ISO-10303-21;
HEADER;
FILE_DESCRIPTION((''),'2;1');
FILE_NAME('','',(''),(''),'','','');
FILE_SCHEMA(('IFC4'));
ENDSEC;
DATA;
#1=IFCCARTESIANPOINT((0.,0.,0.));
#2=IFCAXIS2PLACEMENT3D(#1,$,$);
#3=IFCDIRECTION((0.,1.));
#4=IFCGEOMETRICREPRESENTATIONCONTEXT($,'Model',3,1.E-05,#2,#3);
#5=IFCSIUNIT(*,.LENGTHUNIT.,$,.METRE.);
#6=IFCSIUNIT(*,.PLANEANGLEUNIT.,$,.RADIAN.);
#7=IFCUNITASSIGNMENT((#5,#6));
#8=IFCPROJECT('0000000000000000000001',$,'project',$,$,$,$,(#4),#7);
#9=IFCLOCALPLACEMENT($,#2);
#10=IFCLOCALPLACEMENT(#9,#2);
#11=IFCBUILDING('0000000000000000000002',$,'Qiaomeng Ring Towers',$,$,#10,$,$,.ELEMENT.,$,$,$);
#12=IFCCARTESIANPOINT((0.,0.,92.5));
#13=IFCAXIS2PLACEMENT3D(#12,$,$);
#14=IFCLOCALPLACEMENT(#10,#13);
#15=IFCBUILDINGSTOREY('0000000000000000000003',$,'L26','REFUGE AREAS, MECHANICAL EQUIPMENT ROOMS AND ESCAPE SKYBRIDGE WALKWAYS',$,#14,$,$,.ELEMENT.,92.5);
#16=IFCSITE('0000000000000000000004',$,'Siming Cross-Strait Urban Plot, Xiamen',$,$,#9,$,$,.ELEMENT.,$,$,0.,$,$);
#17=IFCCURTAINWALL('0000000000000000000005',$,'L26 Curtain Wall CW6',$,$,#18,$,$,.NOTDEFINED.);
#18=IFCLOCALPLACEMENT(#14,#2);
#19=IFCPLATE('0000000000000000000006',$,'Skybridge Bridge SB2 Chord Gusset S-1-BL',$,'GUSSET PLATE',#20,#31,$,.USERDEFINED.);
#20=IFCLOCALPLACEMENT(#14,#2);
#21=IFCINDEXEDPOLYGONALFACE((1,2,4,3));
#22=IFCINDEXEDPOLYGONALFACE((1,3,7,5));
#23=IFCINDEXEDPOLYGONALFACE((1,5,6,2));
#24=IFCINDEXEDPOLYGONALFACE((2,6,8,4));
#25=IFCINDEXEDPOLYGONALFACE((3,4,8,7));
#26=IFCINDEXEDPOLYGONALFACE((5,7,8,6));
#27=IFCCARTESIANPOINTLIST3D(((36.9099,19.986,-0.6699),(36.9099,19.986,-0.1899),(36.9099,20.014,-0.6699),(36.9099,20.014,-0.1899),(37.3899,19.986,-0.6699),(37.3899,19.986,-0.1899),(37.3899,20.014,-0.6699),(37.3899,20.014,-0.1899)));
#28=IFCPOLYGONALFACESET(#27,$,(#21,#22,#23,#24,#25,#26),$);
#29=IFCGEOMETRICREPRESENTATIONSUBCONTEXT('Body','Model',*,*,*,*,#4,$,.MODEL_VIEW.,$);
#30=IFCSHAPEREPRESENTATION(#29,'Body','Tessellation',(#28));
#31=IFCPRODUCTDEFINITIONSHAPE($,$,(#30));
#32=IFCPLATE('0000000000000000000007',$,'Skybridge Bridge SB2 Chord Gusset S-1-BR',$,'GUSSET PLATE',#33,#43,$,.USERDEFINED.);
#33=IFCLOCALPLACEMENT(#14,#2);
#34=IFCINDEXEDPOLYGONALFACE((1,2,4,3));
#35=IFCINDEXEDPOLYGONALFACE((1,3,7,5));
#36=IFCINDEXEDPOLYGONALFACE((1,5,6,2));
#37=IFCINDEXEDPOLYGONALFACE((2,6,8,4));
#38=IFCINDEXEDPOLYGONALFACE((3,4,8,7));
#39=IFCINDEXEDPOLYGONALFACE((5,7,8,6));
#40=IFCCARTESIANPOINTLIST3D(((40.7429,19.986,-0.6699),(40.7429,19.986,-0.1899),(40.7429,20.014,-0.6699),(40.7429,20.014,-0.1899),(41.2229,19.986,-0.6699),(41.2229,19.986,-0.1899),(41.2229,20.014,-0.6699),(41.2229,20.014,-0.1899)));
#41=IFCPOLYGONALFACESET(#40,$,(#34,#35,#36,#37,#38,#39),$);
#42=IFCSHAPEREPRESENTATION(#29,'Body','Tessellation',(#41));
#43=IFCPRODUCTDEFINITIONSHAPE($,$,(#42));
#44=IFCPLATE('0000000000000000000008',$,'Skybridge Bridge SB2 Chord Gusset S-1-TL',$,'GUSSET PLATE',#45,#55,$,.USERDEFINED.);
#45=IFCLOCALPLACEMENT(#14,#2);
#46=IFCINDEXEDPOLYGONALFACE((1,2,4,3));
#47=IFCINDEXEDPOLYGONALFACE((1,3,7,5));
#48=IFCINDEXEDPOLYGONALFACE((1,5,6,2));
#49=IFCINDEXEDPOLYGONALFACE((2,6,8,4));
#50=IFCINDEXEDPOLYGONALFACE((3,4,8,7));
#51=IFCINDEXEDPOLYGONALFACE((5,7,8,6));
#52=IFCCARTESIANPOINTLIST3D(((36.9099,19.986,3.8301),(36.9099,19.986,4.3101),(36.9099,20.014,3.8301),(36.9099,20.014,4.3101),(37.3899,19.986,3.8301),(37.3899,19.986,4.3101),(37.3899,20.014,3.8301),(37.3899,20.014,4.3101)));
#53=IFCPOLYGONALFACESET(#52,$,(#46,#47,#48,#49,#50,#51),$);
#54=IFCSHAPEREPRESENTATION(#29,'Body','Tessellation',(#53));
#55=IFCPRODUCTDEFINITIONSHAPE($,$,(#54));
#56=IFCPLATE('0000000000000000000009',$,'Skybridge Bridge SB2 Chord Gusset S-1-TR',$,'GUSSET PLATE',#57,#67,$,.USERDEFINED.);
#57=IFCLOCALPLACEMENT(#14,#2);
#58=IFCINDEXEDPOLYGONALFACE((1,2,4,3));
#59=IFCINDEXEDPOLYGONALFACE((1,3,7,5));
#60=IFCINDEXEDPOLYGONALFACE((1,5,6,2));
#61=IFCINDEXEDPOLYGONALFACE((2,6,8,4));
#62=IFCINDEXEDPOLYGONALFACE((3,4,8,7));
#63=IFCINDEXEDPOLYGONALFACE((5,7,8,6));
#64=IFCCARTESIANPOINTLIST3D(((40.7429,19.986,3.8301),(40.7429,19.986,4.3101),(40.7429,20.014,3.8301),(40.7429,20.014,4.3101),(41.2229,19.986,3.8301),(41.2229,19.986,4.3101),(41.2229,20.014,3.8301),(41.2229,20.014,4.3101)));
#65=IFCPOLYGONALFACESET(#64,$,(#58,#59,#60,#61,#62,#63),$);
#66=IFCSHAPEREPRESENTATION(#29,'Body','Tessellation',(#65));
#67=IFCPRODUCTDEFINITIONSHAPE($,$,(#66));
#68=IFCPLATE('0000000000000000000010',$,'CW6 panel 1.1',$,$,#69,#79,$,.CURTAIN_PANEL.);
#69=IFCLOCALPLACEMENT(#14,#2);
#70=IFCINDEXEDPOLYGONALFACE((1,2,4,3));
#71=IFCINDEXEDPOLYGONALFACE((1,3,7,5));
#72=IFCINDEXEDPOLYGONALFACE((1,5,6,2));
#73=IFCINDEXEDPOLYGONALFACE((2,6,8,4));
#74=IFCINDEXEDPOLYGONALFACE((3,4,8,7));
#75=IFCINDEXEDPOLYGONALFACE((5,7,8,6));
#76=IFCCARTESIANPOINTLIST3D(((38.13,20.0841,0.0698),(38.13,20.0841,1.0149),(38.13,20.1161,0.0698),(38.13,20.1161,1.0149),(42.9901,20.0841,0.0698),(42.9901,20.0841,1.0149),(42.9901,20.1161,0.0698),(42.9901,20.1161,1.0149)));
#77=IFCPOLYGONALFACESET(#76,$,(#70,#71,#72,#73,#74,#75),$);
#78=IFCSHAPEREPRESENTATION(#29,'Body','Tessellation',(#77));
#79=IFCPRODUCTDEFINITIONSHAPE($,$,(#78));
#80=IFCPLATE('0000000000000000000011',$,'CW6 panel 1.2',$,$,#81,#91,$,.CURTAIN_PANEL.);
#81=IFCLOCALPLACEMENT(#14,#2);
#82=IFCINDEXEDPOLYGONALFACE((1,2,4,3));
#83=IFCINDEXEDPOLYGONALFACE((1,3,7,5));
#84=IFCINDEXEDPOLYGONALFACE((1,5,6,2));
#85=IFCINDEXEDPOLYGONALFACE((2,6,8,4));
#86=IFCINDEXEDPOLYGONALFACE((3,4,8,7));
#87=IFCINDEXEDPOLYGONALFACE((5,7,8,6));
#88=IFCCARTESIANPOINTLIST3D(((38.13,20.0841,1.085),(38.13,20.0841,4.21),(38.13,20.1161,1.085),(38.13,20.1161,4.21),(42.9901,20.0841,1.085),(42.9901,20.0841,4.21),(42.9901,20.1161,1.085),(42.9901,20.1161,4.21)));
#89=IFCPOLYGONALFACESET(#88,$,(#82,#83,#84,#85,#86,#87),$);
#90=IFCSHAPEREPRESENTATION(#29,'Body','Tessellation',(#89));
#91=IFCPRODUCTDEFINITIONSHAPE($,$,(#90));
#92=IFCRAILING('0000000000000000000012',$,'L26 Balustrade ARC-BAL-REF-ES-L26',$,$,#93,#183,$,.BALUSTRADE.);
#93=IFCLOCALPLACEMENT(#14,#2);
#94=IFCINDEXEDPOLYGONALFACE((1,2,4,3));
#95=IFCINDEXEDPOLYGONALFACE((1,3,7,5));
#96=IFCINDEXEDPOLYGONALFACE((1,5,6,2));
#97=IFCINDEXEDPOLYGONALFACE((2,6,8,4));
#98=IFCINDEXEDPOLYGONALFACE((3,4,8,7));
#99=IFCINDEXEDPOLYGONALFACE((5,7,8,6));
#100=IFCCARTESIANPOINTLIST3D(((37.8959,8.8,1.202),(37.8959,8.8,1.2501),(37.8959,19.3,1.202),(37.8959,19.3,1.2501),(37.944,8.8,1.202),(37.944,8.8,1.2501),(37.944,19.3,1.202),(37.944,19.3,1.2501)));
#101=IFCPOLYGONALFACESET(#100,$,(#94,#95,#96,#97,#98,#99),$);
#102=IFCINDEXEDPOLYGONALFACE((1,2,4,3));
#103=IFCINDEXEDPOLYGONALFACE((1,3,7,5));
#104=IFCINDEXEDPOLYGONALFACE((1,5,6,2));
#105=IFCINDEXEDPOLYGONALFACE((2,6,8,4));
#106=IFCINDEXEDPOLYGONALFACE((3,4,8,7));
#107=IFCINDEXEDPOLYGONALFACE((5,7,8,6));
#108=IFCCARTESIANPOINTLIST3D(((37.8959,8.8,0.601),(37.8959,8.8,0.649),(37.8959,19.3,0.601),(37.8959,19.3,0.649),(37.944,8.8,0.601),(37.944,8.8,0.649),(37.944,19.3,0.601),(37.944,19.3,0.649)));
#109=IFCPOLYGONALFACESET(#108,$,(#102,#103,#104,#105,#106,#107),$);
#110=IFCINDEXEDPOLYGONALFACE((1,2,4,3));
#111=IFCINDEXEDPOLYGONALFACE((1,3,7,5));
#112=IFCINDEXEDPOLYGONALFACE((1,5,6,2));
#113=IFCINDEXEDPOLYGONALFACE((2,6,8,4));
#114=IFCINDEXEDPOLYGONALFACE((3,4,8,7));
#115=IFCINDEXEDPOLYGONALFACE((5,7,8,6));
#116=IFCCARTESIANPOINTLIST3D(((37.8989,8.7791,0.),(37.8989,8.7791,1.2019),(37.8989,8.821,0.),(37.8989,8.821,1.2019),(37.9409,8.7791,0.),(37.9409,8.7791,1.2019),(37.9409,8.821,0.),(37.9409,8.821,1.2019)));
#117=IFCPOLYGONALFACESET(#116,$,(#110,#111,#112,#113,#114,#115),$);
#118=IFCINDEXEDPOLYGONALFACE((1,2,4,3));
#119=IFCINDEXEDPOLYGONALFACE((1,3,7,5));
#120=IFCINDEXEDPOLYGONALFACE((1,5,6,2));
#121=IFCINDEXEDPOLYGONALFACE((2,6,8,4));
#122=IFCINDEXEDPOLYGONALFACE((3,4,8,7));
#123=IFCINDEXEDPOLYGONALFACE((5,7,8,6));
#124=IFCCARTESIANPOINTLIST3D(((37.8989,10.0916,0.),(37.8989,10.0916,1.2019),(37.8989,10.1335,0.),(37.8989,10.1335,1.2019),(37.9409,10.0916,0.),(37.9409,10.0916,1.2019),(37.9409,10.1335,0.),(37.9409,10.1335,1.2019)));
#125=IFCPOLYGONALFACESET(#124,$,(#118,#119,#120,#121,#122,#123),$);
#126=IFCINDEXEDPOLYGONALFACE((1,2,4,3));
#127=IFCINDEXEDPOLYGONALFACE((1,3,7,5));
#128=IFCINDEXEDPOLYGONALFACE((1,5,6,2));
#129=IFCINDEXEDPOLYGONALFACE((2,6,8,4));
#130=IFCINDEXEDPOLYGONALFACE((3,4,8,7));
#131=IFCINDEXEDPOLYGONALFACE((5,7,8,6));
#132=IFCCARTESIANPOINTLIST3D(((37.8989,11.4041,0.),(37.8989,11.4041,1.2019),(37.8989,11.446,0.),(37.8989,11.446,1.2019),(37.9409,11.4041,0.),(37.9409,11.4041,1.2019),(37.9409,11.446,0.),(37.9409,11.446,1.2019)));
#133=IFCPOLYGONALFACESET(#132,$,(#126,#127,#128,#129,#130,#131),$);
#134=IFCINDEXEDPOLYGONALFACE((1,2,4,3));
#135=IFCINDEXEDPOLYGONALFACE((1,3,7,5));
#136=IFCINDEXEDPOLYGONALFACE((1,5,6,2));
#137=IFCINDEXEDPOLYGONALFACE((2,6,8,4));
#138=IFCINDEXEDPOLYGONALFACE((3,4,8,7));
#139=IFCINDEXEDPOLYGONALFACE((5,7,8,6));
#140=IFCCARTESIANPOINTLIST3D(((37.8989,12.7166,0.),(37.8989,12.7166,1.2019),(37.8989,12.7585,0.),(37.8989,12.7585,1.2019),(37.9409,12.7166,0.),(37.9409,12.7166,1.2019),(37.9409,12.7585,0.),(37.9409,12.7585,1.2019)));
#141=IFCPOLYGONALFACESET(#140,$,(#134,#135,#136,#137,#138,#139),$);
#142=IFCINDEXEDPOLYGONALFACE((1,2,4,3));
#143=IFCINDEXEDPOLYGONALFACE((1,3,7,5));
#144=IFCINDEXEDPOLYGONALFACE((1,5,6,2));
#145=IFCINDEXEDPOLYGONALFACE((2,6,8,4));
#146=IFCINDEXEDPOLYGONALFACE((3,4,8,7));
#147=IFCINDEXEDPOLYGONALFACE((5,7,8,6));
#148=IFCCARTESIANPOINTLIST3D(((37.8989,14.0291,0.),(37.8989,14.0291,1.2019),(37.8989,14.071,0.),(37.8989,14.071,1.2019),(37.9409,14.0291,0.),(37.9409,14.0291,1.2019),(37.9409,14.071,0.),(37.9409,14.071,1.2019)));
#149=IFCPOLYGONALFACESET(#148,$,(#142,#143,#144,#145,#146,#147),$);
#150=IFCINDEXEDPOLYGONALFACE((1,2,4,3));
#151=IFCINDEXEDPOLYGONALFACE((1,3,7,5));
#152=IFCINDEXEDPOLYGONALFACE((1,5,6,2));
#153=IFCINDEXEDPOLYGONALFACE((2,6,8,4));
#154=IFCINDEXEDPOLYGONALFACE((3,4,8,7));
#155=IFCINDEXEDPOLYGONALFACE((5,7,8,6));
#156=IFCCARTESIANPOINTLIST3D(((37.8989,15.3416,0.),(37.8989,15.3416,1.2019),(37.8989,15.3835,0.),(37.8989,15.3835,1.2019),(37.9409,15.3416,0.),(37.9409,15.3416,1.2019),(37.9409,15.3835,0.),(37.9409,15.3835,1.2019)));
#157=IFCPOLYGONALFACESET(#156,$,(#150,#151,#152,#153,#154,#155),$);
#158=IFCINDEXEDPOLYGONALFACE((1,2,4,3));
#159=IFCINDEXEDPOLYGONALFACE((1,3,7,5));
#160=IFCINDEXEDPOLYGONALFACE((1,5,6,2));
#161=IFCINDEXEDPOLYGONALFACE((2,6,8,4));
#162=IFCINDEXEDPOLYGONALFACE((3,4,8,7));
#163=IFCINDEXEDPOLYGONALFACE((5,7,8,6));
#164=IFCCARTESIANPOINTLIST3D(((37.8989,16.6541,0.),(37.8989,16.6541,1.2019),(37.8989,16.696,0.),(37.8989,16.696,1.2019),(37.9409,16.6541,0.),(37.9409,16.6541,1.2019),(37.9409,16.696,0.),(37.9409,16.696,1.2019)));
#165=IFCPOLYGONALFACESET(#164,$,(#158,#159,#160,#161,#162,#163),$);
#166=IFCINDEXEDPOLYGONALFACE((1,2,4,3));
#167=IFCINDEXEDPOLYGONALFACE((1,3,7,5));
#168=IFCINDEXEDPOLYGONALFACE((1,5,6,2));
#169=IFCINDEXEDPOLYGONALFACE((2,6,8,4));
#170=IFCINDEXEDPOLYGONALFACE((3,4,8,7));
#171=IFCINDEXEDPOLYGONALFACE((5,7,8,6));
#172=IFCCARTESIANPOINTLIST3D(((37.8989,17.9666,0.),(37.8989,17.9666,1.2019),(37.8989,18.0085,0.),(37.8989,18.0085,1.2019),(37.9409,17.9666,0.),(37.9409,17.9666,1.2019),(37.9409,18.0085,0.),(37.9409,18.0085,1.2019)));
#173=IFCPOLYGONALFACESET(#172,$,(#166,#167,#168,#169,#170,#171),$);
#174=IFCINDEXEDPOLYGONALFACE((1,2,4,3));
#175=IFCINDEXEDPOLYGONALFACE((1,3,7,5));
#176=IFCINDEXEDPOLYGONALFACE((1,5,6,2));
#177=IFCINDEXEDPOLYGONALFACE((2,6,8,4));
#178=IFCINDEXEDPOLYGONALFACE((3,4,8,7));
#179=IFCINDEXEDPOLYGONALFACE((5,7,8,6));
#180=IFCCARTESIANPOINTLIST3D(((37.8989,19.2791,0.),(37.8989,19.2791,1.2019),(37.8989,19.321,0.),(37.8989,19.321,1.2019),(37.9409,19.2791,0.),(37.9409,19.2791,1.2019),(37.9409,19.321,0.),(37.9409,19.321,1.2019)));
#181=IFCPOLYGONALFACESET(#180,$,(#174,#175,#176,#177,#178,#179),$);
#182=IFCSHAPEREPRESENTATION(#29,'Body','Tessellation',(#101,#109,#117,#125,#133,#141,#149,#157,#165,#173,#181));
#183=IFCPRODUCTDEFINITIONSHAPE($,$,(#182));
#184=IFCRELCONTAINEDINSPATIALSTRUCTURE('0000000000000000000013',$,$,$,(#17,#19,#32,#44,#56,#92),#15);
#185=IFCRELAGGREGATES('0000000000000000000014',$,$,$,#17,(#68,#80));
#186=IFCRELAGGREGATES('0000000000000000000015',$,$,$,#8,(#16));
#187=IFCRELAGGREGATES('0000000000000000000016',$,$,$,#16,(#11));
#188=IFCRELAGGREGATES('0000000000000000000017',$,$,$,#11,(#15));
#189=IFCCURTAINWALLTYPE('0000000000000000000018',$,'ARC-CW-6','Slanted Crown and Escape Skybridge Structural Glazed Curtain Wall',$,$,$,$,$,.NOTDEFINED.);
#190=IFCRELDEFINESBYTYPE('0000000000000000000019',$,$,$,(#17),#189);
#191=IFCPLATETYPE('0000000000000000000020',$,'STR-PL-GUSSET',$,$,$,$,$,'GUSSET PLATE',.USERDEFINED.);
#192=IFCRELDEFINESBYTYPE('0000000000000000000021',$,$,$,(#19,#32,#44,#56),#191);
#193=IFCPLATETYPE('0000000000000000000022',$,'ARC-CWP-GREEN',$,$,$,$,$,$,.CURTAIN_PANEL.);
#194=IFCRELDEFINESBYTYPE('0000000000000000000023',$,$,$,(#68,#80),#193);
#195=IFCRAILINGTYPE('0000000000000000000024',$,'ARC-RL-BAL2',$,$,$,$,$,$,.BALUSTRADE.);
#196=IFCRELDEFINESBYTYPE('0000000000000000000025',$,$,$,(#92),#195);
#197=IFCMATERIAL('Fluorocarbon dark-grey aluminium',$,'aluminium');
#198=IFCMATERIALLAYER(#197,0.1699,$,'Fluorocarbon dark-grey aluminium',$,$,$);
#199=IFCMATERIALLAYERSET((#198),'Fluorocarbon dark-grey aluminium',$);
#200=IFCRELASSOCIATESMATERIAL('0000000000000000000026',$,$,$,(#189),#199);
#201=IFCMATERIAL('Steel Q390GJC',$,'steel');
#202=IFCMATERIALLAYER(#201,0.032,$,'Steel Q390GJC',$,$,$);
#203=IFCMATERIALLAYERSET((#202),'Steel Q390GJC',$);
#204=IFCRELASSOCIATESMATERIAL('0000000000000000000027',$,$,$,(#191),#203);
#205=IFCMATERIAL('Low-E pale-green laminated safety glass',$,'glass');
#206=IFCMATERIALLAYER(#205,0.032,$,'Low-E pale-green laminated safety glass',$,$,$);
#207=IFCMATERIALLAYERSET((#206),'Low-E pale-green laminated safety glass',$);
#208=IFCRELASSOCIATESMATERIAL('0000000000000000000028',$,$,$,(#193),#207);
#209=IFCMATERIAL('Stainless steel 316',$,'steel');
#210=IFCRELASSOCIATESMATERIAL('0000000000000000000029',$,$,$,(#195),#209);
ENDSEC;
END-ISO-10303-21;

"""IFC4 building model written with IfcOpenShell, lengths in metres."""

from ifc_helpers import new_model, si_unit, direction, frame, origin, origin_2d, place, context, subcontext, project, spatial, rectangle, extrude, source, transform, mapped, material, layer, layer_set, type_object, element, aggregate, save


model = new_model("IFC4")

# Units and contexts
model_context = context("Model", 3, precision=1e-05, world=origin(), true_north=direction((0.0, 1.0)))
body_context = subcontext(model_context, "Body", "Model", "MODEL_VIEW")
ifc_project = project(units=[si_unit("LENGTHUNIT", "METRE"), si_unit("PLANEANGLEUNIT", "RADIAN")], contexts=[model_context])

# Site, building, storey
site_placement = place(None, origin())
site = spatial("IfcSite", under=ifc_project, at=site_placement, Name="Siming Cross-Strait Urban Plot, Xiamen", CompositionType="ELEMENT", RefElevation=0.0)
building_placement = place(site_placement, origin())
building = spatial("IfcBuilding", under=site, at=building_placement, Name="Qiaomeng Ring Towers", CompositionType="ELEMENT")
storey_placement = place(building_placement, frame((0.0, 0.0, 92.5)))
storey = spatial("IfcBuildingStorey", under=building, at=storey_placement, Name="L26", Description="REFUGE AREAS, MECHANICAL EQUIPMENT ROOMS AND ESCAPE SKYBRIDGE WALKWAYS", CompositionType="ELEMENT", Elevation=92.5)

# Shared definitions
ifc_material_1 = material(Name="Steel Q390GJC", Category="steel")

# Curtain wall
ifc_material_2 = material(Name="Fluorocarbon dark-grey aluminium", Category="aluminium")
ifc_layer_1 = layer(ifc_material_2, 0.1699, Name="Fluorocarbon dark-grey aluminium")
ifc_layer_set_1 = layer_set([ifc_layer_1], Name="Fluorocarbon dark-grey aluminium")
curtain_wall_type = type_object("IfcCurtainWallType", Name="ARC-CW-6", Description="Slanted Crown and Escape Skybridge Structural Glazed Curtain Wall", PredefinedType="NOTDEFINED", material=ifc_layer_set_1)
curtain_wall_placement = place(storey_placement, origin())
curtain_wall = element("IfcCurtainWall", 1, at=curtain_wall_placement, inside=storey, type_object=curtain_wall_type, Name="L26 Curtain Wall CW6", PredefinedType="NOTDEFINED")

# Plates
ifc_layer_2 = layer(ifc_material_1, 0.032, Name="Steel Q390GJC")
ifc_layer_set_2 = layer_set([ifc_layer_2], Name="Steel Q390GJC")
plate_type_1 = type_object("IfcPlateType", Name="STR-PL-GUSSET", ElementType="GUSSET PLATE", PredefinedType="USERDEFINED", material=ifc_layer_set_2)
shared_shape_1 = source(origin(), body_context, "Body", "SweptSolid", [
    extrude(rectangle(XDim=0.48, YDim=0.0281, at=origin_2d()), origin(), (0.0, 0.0, 1.0), 0.48),
])
for number, where, z_axis, x_axis, name in (
    (2, (37.1499, 20.0, -0.6699), (0.0, 0.0, 1.0), (1.0, 0.0, 0.0), "Skybridge Bridge SB2 Chord Gusset S-1-BL"),
    (3, (40.9829, 20.0, -0.6699), (0.0, 0.0, 1.0), (1.0, 0.0, 0.0), "Skybridge Bridge SB2 Chord Gusset S-1-BR"),
    (4, (37.1499, 20.0, 3.8301), (0.0, 0.0, 1.0), (1.0, 0.0, 0.0), "Skybridge Bridge SB2 Chord Gusset S-1-TL"),
    (5, (40.9829, 20.0, 3.8301), (0.0, 0.0, 1.0), (1.0, 0.0, 0.0), "Skybridge Bridge SB2 Chord Gusset S-1-TR"),
):
    element("IfcPlate", number, at=place(storey_placement, frame(where, z_axis=z_axis, x_axis=x_axis)), inside=storey, type_object=plate_type_1, Name=name, ObjectType="GUSSET PLATE", PredefinedType="USERDEFINED", context=body_context, shape_type="MappedRepresentation", body=[
        mapped(shared_shape_1, transform((0.0, 0.0, 0.0), x_axis=(1.0, 0.0, 0.0), y_axis=(0.0, 1.0, 0.0), z_axis=(0.0, 0.0, 1.0), scale=1.0)),
    ])

# Plates
ifc_material_3 = material(Name="Low-E pale-green laminated safety glass", Category="glass")
ifc_layer_3 = layer(ifc_material_3, 0.032, Name="Low-E pale-green laminated safety glass")
ifc_layer_set_3 = layer_set([ifc_layer_3], Name="Low-E pale-green laminated safety glass")
plate_type_2 = type_object("IfcPlateType", Name="ARC-CWP-GREEN", PredefinedType="CURTAIN_PANEL", material=ifc_layer_set_3)
shared_shape_2 = source(origin(), body_context, "Body", "SweptSolid", [
    extrude(rectangle(XDim=4.8601, YDim=0.032, at=origin_2d()), origin(), (0.0, 0.0, 1.0), 0.9451),
])
plate_1_placement = place(storey_placement, frame((40.5601, 20.1001, 0.0698), z_axis=(0.0, 0.0, 1.0), x_axis=(1.0, 0.0, 0.0)))
plate_1 = element("IfcPlate", 6, at=plate_1_placement, type_object=plate_type_2, Name="CW6 panel 1.1", PredefinedType="CURTAIN_PANEL", context=body_context, shape_type="MappedRepresentation", body=[
    mapped(shared_shape_2, transform((0.0, 0.0, 0.0), x_axis=(1.0, 0.0, 0.0), y_axis=(0.0, 1.0, 0.0), z_axis=(0.0, 0.0, 1.0), scale=1.0)),
])
shared_shape_3 = source(origin(), body_context, "Body", "SweptSolid", [
    extrude(rectangle(XDim=4.8601, YDim=0.032, at=origin_2d()), origin(), (0.0, 0.0, 1.0), 3.125),
])
plate_2_placement = place(storey_placement, frame((40.5601, 20.1001, 1.085), z_axis=(0.0, 0.0, 1.0), x_axis=(1.0, 0.0, 0.0)))
plate_2 = element("IfcPlate", 7, at=plate_2_placement, type_object=plate_type_2, Name="CW6 panel 1.2", PredefinedType="CURTAIN_PANEL", context=body_context, shape_type="MappedRepresentation", body=[
    mapped(shared_shape_3, transform((0.0, 0.0, 0.0), x_axis=(1.0, 0.0, 0.0), y_axis=(0.0, 1.0, 0.0), z_axis=(0.0, 0.0, 1.0), scale=1.0)),
])
aggregate(curtain_wall, [plate_1, plate_2])

# Railing
ifc_material_4 = material(Name="Stainless steel 316", Category="steel")
railing_type = type_object("IfcRailingType", Name="ARC-RL-BAL2", PredefinedType="BALUSTRADE", material=ifc_material_4)
railing_1_placement = place(storey_placement, frame((37.9199, 8.8, 0.0)))
element("IfcRailing", 8, at=railing_1_placement, inside=storey, type_object=railing_type, Name="L26 Balustrade ARC-BAL-REF-ES-L26", PredefinedType="BALUSTRADE", context=body_context, shape_type="SweptSolid", body=[
    extrude(rectangle(XDim=0.0481, YDim=0.0481, at=origin_2d()), frame((0.0, 0.0, 1.2261), z_axis=(0.0, 1.0, 0.0), x_axis=(-1.0, 0.0, 0.0)), (0.0, 0.0, 1.0), 10.5),
    extrude(rectangle(XDim=0.0481, YDim=0.0481, at=origin_2d()), frame((0.0, 0.0, 0.625), z_axis=(0.0, 1.0, 0.0), x_axis=(-1.0, 0.0, 0.0)), (0.0, 0.0, 1.0), 10.5),
    extrude(rectangle(XDim=0.042, YDim=0.042, at=origin_2d()), origin(), (0.0, 0.0, 1.0), 1.2019),
    extrude(rectangle(XDim=0.042, YDim=0.042, at=origin_2d()), frame((0.0, 1.3125, 0.0)), (0.0, 0.0, 1.0), 1.2019),
    extrude(rectangle(XDim=0.042, YDim=0.042, at=origin_2d()), frame((0.0, 2.625, 0.0)), (0.0, 0.0, 1.0), 1.2019),
    extrude(rectangle(XDim=0.042, YDim=0.042, at=origin_2d()), frame((0.0, 3.9375, 0.0)), (0.0, 0.0, 1.0), 1.2019),
    extrude(rectangle(XDim=0.042, YDim=0.042, at=origin_2d()), frame((0.0, 5.25, 0.0)), (0.0, 0.0, 1.0), 1.2019),
    extrude(rectangle(XDim=0.042, YDim=0.042, at=origin_2d()), frame((0.0, 6.5625, 0.0)), (0.0, 0.0, 1.0), 1.2019),
    extrude(rectangle(XDim=0.042, YDim=0.042, at=origin_2d()), frame((0.0, 7.875, 0.0)), (0.0, 0.0, 1.0), 1.2019),
    extrude(rectangle(XDim=0.042, YDim=0.042, at=origin_2d()), frame((0.0, 9.1875, 0.0)), (0.0, 0.0, 1.0), 1.2019),
    extrude(rectangle(XDim=0.042, YDim=0.042, at=origin_2d()), frame((0.0, 10.5, 0.0)), (0.0, 0.0, 1.0), 1.2019),
])

save(model, "model.ifc")
